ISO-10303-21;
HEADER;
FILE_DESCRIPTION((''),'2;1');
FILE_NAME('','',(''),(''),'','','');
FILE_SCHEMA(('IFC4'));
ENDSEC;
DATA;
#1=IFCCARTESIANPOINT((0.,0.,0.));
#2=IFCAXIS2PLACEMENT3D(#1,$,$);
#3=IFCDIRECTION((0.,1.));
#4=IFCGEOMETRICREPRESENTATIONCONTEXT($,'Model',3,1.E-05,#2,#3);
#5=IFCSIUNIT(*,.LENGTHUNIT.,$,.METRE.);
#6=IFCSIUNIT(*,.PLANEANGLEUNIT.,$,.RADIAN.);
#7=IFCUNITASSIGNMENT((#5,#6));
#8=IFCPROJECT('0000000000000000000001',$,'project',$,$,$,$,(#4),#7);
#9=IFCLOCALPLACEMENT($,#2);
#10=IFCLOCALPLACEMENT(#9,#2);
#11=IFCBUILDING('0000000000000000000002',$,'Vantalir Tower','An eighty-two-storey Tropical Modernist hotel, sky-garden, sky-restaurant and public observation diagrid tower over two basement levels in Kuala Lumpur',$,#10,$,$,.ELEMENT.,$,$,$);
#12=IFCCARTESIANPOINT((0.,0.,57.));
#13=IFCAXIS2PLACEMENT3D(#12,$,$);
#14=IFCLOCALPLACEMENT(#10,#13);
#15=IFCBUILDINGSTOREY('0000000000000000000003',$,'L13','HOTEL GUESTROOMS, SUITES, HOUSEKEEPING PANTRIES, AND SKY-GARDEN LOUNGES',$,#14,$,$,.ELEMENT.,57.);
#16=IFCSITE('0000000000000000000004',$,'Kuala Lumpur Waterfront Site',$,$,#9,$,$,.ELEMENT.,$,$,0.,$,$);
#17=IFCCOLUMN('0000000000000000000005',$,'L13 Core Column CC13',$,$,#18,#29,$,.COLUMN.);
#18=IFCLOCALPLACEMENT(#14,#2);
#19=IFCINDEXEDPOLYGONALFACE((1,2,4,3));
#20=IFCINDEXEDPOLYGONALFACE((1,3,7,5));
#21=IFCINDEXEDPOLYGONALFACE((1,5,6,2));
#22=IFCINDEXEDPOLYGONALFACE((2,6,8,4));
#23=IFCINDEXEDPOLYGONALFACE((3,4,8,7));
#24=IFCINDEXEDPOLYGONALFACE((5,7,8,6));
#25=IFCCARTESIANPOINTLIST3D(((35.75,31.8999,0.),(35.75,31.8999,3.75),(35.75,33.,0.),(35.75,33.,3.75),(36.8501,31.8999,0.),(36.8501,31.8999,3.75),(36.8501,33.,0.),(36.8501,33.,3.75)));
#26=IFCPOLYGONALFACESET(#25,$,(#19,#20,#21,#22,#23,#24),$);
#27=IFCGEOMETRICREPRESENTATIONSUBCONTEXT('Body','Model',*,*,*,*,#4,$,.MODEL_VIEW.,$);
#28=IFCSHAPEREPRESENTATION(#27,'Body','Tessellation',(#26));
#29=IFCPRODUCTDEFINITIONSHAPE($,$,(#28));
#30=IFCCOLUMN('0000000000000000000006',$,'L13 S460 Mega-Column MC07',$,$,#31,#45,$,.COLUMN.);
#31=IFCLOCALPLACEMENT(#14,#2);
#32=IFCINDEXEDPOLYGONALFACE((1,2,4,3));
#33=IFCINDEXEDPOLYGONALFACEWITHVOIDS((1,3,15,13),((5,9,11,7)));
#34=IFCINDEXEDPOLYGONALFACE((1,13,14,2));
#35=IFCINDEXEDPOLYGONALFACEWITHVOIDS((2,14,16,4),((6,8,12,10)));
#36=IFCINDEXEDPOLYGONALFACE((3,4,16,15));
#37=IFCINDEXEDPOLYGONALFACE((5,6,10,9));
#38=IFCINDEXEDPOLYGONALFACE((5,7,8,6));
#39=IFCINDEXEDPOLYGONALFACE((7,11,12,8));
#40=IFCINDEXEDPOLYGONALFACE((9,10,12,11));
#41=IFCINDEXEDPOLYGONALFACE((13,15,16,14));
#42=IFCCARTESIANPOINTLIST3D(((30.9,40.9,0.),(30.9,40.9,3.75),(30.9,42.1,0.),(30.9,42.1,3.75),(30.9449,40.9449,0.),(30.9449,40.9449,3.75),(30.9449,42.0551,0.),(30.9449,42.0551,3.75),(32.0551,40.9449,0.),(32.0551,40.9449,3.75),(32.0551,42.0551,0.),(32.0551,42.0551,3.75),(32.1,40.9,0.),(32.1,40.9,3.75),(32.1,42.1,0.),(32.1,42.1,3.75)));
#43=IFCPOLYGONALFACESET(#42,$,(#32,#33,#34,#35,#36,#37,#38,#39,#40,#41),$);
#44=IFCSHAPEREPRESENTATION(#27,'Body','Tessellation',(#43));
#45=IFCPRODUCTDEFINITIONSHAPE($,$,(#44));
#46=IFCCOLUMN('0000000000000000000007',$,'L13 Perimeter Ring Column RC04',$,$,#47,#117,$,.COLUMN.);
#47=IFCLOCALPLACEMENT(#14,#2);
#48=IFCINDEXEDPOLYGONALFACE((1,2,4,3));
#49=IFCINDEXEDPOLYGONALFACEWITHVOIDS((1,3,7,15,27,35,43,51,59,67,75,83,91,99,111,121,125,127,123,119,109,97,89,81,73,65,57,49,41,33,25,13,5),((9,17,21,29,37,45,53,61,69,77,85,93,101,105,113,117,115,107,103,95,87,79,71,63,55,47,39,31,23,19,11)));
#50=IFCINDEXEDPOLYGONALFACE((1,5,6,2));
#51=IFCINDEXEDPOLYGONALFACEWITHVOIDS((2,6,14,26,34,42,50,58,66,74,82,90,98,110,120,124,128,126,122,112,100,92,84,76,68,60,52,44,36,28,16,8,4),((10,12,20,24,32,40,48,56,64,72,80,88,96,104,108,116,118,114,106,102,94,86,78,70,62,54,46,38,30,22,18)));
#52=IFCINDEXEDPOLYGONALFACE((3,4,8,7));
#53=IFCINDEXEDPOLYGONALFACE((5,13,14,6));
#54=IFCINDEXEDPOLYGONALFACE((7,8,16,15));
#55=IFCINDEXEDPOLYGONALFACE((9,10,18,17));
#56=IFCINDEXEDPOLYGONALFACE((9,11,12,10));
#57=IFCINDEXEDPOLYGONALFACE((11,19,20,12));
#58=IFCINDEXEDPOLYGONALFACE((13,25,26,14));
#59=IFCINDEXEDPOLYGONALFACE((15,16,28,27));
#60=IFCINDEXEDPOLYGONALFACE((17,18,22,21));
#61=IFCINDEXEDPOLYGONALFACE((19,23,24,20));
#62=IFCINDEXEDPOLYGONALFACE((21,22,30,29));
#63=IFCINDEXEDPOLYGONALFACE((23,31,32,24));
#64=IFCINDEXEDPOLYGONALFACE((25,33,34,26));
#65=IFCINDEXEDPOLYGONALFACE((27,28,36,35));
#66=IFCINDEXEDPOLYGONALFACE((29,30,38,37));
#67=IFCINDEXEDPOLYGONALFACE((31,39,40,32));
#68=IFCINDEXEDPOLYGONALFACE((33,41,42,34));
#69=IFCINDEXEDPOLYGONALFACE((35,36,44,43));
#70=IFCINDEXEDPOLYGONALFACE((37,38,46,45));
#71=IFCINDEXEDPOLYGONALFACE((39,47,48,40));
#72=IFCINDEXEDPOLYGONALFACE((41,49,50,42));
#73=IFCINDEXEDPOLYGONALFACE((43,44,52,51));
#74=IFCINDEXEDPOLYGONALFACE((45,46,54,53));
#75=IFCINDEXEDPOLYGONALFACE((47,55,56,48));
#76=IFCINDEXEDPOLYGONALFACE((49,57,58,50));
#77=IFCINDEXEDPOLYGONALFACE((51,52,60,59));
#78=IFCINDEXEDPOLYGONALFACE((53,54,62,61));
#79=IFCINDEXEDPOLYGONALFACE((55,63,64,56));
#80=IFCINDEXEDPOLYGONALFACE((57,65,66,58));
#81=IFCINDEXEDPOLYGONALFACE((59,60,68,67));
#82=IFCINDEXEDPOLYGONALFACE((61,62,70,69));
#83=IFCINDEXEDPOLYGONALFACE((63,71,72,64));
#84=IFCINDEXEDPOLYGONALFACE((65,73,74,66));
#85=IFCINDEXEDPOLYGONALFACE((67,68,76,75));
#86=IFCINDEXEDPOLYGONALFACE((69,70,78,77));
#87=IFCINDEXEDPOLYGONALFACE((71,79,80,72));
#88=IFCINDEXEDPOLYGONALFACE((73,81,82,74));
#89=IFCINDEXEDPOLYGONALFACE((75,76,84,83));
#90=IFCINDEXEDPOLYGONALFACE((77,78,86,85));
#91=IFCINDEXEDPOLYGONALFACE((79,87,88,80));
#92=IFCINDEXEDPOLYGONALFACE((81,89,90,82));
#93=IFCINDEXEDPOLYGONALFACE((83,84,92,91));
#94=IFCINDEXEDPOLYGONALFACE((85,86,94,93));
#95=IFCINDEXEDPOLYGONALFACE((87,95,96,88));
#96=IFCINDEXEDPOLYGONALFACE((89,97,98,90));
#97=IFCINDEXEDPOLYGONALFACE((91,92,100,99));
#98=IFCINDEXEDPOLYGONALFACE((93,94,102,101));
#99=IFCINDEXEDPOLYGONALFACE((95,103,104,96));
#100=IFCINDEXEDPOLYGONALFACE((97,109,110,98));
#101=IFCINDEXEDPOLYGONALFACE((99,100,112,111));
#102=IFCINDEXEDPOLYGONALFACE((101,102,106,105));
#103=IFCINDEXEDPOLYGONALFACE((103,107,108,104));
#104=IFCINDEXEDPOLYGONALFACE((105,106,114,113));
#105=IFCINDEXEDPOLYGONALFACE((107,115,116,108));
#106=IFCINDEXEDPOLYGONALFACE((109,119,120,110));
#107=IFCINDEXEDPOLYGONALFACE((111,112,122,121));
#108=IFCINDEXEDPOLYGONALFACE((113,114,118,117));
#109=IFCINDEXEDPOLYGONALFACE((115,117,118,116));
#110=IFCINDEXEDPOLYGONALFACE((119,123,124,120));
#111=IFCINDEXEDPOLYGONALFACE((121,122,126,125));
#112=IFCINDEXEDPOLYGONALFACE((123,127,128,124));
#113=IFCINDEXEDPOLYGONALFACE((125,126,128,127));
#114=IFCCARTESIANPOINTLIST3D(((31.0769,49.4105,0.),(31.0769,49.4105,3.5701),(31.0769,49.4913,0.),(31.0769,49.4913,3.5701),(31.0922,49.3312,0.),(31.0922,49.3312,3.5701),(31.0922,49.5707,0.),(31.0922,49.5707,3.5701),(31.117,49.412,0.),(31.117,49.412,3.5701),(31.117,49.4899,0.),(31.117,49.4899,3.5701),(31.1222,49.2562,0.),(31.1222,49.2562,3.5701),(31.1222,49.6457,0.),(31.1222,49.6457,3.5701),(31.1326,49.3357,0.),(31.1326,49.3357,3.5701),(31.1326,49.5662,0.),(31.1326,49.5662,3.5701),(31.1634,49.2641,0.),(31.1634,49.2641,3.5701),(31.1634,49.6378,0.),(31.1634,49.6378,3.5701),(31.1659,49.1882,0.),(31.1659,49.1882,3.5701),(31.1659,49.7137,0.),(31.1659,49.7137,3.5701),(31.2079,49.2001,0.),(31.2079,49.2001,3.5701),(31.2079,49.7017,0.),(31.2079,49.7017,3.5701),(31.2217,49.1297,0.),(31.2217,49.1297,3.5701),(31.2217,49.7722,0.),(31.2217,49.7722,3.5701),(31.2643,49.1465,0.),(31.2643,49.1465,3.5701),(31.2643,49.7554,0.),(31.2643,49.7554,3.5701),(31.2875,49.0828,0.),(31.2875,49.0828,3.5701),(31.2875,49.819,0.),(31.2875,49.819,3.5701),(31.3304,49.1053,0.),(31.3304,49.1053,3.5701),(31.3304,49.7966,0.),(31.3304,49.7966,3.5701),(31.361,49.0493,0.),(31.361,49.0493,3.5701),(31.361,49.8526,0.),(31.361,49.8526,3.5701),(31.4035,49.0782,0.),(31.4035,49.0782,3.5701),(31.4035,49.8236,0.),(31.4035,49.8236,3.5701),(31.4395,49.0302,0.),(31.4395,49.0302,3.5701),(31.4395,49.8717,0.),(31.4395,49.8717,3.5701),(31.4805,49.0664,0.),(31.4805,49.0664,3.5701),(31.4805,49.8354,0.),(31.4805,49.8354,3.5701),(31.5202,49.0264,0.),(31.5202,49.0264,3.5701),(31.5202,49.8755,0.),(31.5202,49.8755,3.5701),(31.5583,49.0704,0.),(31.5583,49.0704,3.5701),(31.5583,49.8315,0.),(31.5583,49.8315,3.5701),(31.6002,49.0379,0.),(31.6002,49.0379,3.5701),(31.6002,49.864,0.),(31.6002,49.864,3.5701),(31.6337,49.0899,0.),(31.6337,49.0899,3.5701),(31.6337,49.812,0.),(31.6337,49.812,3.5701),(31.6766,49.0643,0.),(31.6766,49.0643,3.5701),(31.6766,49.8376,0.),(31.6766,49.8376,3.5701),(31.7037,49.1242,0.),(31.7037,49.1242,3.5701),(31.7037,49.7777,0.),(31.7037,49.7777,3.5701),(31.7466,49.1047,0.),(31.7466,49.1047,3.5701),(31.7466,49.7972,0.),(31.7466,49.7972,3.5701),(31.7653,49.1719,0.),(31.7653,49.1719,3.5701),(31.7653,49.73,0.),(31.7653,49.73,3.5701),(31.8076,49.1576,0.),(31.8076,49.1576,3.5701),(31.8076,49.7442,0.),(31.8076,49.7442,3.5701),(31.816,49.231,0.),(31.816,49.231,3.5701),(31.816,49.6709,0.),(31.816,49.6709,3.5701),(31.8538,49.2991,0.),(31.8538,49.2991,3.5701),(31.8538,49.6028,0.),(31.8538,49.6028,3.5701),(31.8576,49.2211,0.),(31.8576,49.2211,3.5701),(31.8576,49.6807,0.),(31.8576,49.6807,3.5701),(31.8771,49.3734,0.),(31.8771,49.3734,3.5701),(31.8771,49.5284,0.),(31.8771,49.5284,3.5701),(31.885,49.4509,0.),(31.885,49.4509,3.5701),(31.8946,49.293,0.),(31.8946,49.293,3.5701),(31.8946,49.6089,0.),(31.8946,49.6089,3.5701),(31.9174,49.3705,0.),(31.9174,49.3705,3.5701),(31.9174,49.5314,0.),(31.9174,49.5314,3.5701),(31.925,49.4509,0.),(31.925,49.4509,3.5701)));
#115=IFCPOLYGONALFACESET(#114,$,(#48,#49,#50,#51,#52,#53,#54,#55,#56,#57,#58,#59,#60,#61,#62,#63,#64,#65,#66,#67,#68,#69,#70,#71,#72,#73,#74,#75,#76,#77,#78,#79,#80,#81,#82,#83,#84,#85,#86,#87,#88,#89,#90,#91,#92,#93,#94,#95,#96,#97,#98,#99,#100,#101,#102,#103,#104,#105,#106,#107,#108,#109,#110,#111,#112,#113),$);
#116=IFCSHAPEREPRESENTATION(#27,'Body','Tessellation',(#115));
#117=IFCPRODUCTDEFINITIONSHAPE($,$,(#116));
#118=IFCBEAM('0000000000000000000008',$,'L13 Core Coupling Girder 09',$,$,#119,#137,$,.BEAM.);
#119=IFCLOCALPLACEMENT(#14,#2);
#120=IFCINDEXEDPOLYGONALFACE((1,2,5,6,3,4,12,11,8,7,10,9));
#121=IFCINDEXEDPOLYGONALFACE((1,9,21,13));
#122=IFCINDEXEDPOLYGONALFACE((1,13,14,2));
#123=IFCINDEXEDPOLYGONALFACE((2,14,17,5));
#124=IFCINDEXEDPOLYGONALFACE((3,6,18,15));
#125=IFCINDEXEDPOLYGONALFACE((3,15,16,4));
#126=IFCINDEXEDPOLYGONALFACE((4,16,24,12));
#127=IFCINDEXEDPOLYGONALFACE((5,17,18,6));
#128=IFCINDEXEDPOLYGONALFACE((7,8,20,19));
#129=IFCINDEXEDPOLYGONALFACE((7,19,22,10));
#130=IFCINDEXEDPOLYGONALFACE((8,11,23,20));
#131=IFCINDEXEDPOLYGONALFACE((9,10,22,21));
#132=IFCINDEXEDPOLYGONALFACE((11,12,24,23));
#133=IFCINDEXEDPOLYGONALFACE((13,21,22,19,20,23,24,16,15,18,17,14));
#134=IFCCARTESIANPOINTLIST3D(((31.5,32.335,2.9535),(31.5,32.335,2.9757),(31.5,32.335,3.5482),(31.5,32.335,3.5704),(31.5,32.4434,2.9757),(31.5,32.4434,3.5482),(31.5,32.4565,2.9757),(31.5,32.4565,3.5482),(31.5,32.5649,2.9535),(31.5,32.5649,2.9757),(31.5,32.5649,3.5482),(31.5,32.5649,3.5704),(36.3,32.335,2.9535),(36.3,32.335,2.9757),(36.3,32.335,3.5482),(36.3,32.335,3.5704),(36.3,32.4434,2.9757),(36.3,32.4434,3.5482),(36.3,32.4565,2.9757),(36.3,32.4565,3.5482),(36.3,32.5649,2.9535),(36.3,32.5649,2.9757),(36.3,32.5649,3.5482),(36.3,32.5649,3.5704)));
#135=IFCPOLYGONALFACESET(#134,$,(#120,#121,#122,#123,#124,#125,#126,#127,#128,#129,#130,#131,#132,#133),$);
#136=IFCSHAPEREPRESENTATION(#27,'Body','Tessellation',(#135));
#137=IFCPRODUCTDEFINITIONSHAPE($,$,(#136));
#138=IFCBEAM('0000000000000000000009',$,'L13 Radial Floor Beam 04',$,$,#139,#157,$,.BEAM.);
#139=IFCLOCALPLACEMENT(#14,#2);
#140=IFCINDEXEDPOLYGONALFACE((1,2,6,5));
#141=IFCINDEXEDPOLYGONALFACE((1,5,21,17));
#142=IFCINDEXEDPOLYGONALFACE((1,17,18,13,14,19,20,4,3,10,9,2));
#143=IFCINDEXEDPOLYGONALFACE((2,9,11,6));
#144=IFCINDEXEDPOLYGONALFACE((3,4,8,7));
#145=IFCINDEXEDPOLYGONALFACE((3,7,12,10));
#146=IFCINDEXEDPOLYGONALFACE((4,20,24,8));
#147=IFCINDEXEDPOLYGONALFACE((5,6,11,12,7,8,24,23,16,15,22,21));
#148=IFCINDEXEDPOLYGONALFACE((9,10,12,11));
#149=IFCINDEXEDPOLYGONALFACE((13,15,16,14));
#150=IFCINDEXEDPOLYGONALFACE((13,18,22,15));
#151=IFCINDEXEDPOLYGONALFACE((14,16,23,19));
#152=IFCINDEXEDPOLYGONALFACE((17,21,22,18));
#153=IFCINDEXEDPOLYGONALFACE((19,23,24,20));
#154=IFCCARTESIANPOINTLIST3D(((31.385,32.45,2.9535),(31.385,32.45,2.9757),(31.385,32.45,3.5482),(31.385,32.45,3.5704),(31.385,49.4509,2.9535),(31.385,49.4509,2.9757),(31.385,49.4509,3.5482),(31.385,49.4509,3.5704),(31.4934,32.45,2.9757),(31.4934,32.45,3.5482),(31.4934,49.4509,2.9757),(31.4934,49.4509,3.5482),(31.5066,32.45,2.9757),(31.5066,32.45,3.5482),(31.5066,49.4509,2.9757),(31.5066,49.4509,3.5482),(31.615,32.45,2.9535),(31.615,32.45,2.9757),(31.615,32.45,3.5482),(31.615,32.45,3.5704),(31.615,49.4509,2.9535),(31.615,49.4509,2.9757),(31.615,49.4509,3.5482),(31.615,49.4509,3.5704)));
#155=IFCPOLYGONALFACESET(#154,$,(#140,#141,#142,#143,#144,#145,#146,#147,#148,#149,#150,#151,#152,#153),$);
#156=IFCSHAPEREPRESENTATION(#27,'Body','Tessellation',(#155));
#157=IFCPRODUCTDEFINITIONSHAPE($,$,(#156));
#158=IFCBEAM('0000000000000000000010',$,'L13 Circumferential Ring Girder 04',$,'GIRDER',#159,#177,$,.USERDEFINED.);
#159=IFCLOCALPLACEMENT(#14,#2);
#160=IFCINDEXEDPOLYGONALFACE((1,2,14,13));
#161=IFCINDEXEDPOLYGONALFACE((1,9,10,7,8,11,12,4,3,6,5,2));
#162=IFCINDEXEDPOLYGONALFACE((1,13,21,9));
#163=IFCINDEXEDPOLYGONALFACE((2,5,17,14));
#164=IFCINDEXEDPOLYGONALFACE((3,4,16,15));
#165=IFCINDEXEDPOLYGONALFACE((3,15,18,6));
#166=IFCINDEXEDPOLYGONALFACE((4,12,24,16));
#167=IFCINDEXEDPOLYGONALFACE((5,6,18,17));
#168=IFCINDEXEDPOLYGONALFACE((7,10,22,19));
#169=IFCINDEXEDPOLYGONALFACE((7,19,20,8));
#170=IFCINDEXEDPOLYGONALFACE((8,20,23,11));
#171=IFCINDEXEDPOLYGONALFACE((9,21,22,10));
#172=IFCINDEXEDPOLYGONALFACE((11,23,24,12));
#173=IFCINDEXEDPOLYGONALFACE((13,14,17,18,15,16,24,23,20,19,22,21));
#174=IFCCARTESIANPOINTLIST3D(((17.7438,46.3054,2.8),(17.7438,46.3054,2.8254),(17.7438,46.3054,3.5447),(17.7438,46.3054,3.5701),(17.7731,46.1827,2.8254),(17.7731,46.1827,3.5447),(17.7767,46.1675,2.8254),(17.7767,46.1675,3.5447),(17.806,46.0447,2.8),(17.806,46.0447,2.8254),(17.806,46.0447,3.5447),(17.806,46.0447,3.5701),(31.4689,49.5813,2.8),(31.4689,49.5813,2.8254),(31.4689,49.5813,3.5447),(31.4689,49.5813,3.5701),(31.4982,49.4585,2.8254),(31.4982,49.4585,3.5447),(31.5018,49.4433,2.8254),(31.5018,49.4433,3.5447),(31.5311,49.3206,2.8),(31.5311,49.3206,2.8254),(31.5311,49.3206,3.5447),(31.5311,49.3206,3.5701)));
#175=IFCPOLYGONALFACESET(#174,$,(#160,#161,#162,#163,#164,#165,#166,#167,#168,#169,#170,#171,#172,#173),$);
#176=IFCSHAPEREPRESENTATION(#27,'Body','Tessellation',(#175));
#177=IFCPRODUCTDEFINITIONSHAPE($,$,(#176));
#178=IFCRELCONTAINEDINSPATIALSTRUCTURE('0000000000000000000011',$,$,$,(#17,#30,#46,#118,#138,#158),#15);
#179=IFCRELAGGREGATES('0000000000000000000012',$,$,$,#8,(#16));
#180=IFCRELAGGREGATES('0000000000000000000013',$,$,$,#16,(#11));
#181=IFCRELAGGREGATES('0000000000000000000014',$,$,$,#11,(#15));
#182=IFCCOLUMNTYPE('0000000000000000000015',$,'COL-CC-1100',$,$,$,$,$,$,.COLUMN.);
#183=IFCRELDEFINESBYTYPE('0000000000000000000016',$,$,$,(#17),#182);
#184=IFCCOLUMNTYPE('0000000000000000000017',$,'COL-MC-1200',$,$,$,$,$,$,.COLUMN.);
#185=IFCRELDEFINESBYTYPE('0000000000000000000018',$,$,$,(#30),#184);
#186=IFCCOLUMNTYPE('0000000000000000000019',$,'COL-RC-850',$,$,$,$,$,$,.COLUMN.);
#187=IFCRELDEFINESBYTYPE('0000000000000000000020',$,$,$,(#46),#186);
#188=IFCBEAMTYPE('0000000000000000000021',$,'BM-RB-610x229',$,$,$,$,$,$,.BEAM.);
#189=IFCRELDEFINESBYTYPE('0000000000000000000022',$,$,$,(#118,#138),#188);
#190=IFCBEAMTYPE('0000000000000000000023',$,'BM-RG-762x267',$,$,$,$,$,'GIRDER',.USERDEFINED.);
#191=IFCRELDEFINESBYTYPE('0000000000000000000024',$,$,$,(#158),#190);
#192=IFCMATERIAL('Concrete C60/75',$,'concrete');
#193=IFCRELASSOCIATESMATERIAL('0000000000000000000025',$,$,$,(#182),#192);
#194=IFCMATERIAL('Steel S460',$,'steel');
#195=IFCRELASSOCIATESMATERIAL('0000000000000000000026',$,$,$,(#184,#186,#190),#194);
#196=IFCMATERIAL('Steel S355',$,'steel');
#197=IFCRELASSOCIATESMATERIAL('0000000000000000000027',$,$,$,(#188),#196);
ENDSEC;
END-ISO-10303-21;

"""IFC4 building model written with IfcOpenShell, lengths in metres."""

from ifc_helpers import new_model, si_unit, direction, frame, origin, origin_2d, place, context, subcontext, project, spatial, rectangle, hollow_rectangle, hollow_circle, i_section, extrude, material, material_profile, profile_set, type_object, element, save


model = new_model("IFC4")

# Units and contexts
model_context = context("Model", 3, precision=1e-05, world=origin(), true_north=direction((0.0, 1.0)))
body_context = subcontext(model_context, "Body", "Model", "MODEL_VIEW")
ifc_project = project(units=[si_unit("LENGTHUNIT", "METRE"), si_unit("PLANEANGLEUNIT", "RADIAN")], contexts=[model_context])

# Site, building, storey
site_placement = place(None, origin())
site = spatial("IfcSite", under=ifc_project, at=site_placement, Name="Kuala Lumpur Waterfront Site", CompositionType="ELEMENT", RefElevation=0.0)
building_placement = place(site_placement, origin())
building = spatial("IfcBuilding", under=site, at=building_placement, Name="Vantalir Tower", Description="An eighty-two-storey Tropical Modernist hotel, sky-garden, sky-restaurant and public observation diagrid tower over two basement levels in Kuala Lumpur", CompositionType="ELEMENT")
storey_placement = place(building_placement, frame((0.0, 0.0, 57.0)))
storey = spatial("IfcBuildingStorey", under=building, at=storey_placement, Name="L13", Description="HOTEL GUESTROOMS, SUITES, HOUSEKEEPING PANTRIES, AND SKY-GARDEN LOUNGES", CompositionType="ELEMENT", Elevation=57.0)

# Columns
ifc_material_1 = material(Name="Concrete C60/75", Category="concrete")
ifc_material_profile_1 = material_profile(ifc_material_1, rectangle(XDim=1.1001, YDim=1.1001, at=origin_2d()), Name="Concrete C60/75")
ifc_profile_set_1 = profile_set([ifc_material_profile_1], Name="Concrete C60/75")
column_type_1 = type_object("IfcColumnType", Name="COL-CC-1100", PredefinedType="COLUMN", material=ifc_profile_set_1)
column_1_placement = place(storey_placement, frame((36.3, 32.45, 0.0), z_axis=(0.0, 0.0, 1.0), x_axis=(1.0, 0.0, 0.0)))
element("IfcColumn", 1, at=column_1_placement, inside=storey, type_object=column_type_1, Name="L13 Core Column CC13", PredefinedType="COLUMN", context=body_context, shape_type="SweptSolid", body=[
    extrude(rectangle(XDim=1.1001, YDim=1.1001, at=origin_2d()), origin(), (0.0, 0.0, 1.0), 3.75),
])
ifc_material_2 = material(Name="Steel S460", Category="steel")
ifc_material_profile_2 = material_profile(ifc_material_2, hollow_rectangle(XDim=1.2, YDim=1.2, WallThickness=0.0449, at=origin_2d()), Name="Steel S460")
ifc_profile_set_2 = profile_set([ifc_material_profile_2], Name="Steel S460")
column_type_2 = type_object("IfcColumnType", Name="COL-MC-1200", PredefinedType="COLUMN", material=ifc_profile_set_2)
column_2_placement = place(storey_placement, frame((31.5, 41.5, 0.0), z_axis=(0.0, 0.0, 1.0), x_axis=(1.0, 0.0, 0.0)))
element("IfcColumn", 2, at=column_2_placement, inside=storey, type_object=column_type_2, Name="L13 S460 Mega-Column MC07", PredefinedType="COLUMN", context=body_context, shape_type="SweptSolid", body=[
    extrude(hollow_rectangle(XDim=1.2, YDim=1.2, WallThickness=0.0449, at=origin_2d()), origin(), (0.0, 0.0, 1.0), 3.75),
])
ifc_material_profile_3 = material_profile(ifc_material_2, hollow_circle(Radius=0.425, WallThickness=0.04, at=origin_2d()), Name="Steel S460")
ifc_profile_set_3 = profile_set([ifc_material_profile_3], Name="Steel S460")
column_type_3 = type_object("IfcColumnType", Name="COL-RC-850", PredefinedType="COLUMN", material=ifc_profile_set_3)
column_3_placement = place(storey_placement, frame((31.5, 49.4509, 0.0), z_axis=(0.0, 0.0, 1.0), x_axis=(1.0, 0.0, 0.0)))
element("IfcColumn", 3, at=column_3_placement, inside=storey, type_object=column_type_3, Name="L13 Perimeter Ring Column RC04", PredefinedType="COLUMN", context=body_context, shape_type="SweptSolid", body=[
    extrude(hollow_circle(Radius=0.425, WallThickness=0.04, at=origin_2d()), origin(), (0.0, 0.0, 1.0), 3.5701),
])

# Beams
ifc_material_3 = material(Name="Steel S355", Category="steel")
ifc_material_profile_4 = material_profile(ifc_material_3, i_section(OverallWidth=0.23, OverallDepth=0.6169, WebThickness=0.0132, FlangeThickness=0.0222, at=origin_2d()), Name="Steel S355")
ifc_profile_set_4 = profile_set([ifc_material_profile_4], Name="Steel S355")
beam_type_1 = type_object("IfcBeamType", Name="BM-RB-610x229", PredefinedType="BEAM", material=ifc_profile_set_4)
beam_1_placement = place(storey_placement, frame((36.3, 32.45, 3.262), z_axis=(-1.0, 0.0, 0.0), x_axis=(0.0, -1.0, 0.0)))
element("IfcBeam", 4, at=beam_1_placement, inside=storey, type_object=beam_type_1, Name="L13 Core Coupling Girder 09", PredefinedType="BEAM", context=body_context, shape_type="SweptSolid", body=[
    extrude(i_section(OverallWidth=0.23, OverallDepth=0.6169, WebThickness=0.0132, FlangeThickness=0.0222, at=origin_2d()), origin(), (0.0, 0.0, 1.0), 4.8),
])
beam_2_placement = place(storey_placement, frame((31.5, 49.4509, 3.262), z_axis=(0.0, -1.0, 0.0), x_axis=(1.0, 0.0, 0.0)))
element("IfcBeam", 5, at=beam_2_placement, inside=storey, type_object=beam_type_1, Name="L13 Radial Floor Beam 04", PredefinedType="BEAM", context=body_context, shape_type="SweptSolid", body=[
    extrude(i_section(OverallWidth=0.23, OverallDepth=0.6169, WebThickness=0.0132, FlangeThickness=0.0222, at=origin_2d()), origin(), (0.0, 0.0, 1.0), 17.001),
])
ifc_material_profile_5 = material_profile(ifc_material_2, i_section(OverallWidth=0.2681, OverallDepth=0.77, WebThickness=0.0156, FlangeThickness=0.0254, at=origin_2d()), Name="Steel S460")
ifc_profile_set_5 = profile_set([ifc_material_profile_5], Name="Steel S460")
beam_type_2 = type_object("IfcBeamType", Name="BM-RG-762x267", ElementType="GIRDER", PredefinedType="USERDEFINED", material=ifc_profile_set_5)
beam_3_placement = place(storey_placement, frame((31.5, 49.4509, 3.1851), z_axis=(-0.972678, -0.232157, 0.0), x_axis=(0.232157, -0.972678, 0.0)))
element("IfcBeam", 6, at=beam_3_placement, inside=storey, type_object=beam_type_2, Name="L13 Circumferential Ring Girder 04", ObjectType="GIRDER", PredefinedType="USERDEFINED", context=body_context, shape_type="SweptSolid", body=[
    extrude(i_section(OverallWidth=0.2681, OverallDepth=0.77, WebThickness=0.0156, FlangeThickness=0.0254, at=origin_2d()), origin(), (0.0, 0.0, 1.0), 14.1106),
])

save(model, "model.ifc")
